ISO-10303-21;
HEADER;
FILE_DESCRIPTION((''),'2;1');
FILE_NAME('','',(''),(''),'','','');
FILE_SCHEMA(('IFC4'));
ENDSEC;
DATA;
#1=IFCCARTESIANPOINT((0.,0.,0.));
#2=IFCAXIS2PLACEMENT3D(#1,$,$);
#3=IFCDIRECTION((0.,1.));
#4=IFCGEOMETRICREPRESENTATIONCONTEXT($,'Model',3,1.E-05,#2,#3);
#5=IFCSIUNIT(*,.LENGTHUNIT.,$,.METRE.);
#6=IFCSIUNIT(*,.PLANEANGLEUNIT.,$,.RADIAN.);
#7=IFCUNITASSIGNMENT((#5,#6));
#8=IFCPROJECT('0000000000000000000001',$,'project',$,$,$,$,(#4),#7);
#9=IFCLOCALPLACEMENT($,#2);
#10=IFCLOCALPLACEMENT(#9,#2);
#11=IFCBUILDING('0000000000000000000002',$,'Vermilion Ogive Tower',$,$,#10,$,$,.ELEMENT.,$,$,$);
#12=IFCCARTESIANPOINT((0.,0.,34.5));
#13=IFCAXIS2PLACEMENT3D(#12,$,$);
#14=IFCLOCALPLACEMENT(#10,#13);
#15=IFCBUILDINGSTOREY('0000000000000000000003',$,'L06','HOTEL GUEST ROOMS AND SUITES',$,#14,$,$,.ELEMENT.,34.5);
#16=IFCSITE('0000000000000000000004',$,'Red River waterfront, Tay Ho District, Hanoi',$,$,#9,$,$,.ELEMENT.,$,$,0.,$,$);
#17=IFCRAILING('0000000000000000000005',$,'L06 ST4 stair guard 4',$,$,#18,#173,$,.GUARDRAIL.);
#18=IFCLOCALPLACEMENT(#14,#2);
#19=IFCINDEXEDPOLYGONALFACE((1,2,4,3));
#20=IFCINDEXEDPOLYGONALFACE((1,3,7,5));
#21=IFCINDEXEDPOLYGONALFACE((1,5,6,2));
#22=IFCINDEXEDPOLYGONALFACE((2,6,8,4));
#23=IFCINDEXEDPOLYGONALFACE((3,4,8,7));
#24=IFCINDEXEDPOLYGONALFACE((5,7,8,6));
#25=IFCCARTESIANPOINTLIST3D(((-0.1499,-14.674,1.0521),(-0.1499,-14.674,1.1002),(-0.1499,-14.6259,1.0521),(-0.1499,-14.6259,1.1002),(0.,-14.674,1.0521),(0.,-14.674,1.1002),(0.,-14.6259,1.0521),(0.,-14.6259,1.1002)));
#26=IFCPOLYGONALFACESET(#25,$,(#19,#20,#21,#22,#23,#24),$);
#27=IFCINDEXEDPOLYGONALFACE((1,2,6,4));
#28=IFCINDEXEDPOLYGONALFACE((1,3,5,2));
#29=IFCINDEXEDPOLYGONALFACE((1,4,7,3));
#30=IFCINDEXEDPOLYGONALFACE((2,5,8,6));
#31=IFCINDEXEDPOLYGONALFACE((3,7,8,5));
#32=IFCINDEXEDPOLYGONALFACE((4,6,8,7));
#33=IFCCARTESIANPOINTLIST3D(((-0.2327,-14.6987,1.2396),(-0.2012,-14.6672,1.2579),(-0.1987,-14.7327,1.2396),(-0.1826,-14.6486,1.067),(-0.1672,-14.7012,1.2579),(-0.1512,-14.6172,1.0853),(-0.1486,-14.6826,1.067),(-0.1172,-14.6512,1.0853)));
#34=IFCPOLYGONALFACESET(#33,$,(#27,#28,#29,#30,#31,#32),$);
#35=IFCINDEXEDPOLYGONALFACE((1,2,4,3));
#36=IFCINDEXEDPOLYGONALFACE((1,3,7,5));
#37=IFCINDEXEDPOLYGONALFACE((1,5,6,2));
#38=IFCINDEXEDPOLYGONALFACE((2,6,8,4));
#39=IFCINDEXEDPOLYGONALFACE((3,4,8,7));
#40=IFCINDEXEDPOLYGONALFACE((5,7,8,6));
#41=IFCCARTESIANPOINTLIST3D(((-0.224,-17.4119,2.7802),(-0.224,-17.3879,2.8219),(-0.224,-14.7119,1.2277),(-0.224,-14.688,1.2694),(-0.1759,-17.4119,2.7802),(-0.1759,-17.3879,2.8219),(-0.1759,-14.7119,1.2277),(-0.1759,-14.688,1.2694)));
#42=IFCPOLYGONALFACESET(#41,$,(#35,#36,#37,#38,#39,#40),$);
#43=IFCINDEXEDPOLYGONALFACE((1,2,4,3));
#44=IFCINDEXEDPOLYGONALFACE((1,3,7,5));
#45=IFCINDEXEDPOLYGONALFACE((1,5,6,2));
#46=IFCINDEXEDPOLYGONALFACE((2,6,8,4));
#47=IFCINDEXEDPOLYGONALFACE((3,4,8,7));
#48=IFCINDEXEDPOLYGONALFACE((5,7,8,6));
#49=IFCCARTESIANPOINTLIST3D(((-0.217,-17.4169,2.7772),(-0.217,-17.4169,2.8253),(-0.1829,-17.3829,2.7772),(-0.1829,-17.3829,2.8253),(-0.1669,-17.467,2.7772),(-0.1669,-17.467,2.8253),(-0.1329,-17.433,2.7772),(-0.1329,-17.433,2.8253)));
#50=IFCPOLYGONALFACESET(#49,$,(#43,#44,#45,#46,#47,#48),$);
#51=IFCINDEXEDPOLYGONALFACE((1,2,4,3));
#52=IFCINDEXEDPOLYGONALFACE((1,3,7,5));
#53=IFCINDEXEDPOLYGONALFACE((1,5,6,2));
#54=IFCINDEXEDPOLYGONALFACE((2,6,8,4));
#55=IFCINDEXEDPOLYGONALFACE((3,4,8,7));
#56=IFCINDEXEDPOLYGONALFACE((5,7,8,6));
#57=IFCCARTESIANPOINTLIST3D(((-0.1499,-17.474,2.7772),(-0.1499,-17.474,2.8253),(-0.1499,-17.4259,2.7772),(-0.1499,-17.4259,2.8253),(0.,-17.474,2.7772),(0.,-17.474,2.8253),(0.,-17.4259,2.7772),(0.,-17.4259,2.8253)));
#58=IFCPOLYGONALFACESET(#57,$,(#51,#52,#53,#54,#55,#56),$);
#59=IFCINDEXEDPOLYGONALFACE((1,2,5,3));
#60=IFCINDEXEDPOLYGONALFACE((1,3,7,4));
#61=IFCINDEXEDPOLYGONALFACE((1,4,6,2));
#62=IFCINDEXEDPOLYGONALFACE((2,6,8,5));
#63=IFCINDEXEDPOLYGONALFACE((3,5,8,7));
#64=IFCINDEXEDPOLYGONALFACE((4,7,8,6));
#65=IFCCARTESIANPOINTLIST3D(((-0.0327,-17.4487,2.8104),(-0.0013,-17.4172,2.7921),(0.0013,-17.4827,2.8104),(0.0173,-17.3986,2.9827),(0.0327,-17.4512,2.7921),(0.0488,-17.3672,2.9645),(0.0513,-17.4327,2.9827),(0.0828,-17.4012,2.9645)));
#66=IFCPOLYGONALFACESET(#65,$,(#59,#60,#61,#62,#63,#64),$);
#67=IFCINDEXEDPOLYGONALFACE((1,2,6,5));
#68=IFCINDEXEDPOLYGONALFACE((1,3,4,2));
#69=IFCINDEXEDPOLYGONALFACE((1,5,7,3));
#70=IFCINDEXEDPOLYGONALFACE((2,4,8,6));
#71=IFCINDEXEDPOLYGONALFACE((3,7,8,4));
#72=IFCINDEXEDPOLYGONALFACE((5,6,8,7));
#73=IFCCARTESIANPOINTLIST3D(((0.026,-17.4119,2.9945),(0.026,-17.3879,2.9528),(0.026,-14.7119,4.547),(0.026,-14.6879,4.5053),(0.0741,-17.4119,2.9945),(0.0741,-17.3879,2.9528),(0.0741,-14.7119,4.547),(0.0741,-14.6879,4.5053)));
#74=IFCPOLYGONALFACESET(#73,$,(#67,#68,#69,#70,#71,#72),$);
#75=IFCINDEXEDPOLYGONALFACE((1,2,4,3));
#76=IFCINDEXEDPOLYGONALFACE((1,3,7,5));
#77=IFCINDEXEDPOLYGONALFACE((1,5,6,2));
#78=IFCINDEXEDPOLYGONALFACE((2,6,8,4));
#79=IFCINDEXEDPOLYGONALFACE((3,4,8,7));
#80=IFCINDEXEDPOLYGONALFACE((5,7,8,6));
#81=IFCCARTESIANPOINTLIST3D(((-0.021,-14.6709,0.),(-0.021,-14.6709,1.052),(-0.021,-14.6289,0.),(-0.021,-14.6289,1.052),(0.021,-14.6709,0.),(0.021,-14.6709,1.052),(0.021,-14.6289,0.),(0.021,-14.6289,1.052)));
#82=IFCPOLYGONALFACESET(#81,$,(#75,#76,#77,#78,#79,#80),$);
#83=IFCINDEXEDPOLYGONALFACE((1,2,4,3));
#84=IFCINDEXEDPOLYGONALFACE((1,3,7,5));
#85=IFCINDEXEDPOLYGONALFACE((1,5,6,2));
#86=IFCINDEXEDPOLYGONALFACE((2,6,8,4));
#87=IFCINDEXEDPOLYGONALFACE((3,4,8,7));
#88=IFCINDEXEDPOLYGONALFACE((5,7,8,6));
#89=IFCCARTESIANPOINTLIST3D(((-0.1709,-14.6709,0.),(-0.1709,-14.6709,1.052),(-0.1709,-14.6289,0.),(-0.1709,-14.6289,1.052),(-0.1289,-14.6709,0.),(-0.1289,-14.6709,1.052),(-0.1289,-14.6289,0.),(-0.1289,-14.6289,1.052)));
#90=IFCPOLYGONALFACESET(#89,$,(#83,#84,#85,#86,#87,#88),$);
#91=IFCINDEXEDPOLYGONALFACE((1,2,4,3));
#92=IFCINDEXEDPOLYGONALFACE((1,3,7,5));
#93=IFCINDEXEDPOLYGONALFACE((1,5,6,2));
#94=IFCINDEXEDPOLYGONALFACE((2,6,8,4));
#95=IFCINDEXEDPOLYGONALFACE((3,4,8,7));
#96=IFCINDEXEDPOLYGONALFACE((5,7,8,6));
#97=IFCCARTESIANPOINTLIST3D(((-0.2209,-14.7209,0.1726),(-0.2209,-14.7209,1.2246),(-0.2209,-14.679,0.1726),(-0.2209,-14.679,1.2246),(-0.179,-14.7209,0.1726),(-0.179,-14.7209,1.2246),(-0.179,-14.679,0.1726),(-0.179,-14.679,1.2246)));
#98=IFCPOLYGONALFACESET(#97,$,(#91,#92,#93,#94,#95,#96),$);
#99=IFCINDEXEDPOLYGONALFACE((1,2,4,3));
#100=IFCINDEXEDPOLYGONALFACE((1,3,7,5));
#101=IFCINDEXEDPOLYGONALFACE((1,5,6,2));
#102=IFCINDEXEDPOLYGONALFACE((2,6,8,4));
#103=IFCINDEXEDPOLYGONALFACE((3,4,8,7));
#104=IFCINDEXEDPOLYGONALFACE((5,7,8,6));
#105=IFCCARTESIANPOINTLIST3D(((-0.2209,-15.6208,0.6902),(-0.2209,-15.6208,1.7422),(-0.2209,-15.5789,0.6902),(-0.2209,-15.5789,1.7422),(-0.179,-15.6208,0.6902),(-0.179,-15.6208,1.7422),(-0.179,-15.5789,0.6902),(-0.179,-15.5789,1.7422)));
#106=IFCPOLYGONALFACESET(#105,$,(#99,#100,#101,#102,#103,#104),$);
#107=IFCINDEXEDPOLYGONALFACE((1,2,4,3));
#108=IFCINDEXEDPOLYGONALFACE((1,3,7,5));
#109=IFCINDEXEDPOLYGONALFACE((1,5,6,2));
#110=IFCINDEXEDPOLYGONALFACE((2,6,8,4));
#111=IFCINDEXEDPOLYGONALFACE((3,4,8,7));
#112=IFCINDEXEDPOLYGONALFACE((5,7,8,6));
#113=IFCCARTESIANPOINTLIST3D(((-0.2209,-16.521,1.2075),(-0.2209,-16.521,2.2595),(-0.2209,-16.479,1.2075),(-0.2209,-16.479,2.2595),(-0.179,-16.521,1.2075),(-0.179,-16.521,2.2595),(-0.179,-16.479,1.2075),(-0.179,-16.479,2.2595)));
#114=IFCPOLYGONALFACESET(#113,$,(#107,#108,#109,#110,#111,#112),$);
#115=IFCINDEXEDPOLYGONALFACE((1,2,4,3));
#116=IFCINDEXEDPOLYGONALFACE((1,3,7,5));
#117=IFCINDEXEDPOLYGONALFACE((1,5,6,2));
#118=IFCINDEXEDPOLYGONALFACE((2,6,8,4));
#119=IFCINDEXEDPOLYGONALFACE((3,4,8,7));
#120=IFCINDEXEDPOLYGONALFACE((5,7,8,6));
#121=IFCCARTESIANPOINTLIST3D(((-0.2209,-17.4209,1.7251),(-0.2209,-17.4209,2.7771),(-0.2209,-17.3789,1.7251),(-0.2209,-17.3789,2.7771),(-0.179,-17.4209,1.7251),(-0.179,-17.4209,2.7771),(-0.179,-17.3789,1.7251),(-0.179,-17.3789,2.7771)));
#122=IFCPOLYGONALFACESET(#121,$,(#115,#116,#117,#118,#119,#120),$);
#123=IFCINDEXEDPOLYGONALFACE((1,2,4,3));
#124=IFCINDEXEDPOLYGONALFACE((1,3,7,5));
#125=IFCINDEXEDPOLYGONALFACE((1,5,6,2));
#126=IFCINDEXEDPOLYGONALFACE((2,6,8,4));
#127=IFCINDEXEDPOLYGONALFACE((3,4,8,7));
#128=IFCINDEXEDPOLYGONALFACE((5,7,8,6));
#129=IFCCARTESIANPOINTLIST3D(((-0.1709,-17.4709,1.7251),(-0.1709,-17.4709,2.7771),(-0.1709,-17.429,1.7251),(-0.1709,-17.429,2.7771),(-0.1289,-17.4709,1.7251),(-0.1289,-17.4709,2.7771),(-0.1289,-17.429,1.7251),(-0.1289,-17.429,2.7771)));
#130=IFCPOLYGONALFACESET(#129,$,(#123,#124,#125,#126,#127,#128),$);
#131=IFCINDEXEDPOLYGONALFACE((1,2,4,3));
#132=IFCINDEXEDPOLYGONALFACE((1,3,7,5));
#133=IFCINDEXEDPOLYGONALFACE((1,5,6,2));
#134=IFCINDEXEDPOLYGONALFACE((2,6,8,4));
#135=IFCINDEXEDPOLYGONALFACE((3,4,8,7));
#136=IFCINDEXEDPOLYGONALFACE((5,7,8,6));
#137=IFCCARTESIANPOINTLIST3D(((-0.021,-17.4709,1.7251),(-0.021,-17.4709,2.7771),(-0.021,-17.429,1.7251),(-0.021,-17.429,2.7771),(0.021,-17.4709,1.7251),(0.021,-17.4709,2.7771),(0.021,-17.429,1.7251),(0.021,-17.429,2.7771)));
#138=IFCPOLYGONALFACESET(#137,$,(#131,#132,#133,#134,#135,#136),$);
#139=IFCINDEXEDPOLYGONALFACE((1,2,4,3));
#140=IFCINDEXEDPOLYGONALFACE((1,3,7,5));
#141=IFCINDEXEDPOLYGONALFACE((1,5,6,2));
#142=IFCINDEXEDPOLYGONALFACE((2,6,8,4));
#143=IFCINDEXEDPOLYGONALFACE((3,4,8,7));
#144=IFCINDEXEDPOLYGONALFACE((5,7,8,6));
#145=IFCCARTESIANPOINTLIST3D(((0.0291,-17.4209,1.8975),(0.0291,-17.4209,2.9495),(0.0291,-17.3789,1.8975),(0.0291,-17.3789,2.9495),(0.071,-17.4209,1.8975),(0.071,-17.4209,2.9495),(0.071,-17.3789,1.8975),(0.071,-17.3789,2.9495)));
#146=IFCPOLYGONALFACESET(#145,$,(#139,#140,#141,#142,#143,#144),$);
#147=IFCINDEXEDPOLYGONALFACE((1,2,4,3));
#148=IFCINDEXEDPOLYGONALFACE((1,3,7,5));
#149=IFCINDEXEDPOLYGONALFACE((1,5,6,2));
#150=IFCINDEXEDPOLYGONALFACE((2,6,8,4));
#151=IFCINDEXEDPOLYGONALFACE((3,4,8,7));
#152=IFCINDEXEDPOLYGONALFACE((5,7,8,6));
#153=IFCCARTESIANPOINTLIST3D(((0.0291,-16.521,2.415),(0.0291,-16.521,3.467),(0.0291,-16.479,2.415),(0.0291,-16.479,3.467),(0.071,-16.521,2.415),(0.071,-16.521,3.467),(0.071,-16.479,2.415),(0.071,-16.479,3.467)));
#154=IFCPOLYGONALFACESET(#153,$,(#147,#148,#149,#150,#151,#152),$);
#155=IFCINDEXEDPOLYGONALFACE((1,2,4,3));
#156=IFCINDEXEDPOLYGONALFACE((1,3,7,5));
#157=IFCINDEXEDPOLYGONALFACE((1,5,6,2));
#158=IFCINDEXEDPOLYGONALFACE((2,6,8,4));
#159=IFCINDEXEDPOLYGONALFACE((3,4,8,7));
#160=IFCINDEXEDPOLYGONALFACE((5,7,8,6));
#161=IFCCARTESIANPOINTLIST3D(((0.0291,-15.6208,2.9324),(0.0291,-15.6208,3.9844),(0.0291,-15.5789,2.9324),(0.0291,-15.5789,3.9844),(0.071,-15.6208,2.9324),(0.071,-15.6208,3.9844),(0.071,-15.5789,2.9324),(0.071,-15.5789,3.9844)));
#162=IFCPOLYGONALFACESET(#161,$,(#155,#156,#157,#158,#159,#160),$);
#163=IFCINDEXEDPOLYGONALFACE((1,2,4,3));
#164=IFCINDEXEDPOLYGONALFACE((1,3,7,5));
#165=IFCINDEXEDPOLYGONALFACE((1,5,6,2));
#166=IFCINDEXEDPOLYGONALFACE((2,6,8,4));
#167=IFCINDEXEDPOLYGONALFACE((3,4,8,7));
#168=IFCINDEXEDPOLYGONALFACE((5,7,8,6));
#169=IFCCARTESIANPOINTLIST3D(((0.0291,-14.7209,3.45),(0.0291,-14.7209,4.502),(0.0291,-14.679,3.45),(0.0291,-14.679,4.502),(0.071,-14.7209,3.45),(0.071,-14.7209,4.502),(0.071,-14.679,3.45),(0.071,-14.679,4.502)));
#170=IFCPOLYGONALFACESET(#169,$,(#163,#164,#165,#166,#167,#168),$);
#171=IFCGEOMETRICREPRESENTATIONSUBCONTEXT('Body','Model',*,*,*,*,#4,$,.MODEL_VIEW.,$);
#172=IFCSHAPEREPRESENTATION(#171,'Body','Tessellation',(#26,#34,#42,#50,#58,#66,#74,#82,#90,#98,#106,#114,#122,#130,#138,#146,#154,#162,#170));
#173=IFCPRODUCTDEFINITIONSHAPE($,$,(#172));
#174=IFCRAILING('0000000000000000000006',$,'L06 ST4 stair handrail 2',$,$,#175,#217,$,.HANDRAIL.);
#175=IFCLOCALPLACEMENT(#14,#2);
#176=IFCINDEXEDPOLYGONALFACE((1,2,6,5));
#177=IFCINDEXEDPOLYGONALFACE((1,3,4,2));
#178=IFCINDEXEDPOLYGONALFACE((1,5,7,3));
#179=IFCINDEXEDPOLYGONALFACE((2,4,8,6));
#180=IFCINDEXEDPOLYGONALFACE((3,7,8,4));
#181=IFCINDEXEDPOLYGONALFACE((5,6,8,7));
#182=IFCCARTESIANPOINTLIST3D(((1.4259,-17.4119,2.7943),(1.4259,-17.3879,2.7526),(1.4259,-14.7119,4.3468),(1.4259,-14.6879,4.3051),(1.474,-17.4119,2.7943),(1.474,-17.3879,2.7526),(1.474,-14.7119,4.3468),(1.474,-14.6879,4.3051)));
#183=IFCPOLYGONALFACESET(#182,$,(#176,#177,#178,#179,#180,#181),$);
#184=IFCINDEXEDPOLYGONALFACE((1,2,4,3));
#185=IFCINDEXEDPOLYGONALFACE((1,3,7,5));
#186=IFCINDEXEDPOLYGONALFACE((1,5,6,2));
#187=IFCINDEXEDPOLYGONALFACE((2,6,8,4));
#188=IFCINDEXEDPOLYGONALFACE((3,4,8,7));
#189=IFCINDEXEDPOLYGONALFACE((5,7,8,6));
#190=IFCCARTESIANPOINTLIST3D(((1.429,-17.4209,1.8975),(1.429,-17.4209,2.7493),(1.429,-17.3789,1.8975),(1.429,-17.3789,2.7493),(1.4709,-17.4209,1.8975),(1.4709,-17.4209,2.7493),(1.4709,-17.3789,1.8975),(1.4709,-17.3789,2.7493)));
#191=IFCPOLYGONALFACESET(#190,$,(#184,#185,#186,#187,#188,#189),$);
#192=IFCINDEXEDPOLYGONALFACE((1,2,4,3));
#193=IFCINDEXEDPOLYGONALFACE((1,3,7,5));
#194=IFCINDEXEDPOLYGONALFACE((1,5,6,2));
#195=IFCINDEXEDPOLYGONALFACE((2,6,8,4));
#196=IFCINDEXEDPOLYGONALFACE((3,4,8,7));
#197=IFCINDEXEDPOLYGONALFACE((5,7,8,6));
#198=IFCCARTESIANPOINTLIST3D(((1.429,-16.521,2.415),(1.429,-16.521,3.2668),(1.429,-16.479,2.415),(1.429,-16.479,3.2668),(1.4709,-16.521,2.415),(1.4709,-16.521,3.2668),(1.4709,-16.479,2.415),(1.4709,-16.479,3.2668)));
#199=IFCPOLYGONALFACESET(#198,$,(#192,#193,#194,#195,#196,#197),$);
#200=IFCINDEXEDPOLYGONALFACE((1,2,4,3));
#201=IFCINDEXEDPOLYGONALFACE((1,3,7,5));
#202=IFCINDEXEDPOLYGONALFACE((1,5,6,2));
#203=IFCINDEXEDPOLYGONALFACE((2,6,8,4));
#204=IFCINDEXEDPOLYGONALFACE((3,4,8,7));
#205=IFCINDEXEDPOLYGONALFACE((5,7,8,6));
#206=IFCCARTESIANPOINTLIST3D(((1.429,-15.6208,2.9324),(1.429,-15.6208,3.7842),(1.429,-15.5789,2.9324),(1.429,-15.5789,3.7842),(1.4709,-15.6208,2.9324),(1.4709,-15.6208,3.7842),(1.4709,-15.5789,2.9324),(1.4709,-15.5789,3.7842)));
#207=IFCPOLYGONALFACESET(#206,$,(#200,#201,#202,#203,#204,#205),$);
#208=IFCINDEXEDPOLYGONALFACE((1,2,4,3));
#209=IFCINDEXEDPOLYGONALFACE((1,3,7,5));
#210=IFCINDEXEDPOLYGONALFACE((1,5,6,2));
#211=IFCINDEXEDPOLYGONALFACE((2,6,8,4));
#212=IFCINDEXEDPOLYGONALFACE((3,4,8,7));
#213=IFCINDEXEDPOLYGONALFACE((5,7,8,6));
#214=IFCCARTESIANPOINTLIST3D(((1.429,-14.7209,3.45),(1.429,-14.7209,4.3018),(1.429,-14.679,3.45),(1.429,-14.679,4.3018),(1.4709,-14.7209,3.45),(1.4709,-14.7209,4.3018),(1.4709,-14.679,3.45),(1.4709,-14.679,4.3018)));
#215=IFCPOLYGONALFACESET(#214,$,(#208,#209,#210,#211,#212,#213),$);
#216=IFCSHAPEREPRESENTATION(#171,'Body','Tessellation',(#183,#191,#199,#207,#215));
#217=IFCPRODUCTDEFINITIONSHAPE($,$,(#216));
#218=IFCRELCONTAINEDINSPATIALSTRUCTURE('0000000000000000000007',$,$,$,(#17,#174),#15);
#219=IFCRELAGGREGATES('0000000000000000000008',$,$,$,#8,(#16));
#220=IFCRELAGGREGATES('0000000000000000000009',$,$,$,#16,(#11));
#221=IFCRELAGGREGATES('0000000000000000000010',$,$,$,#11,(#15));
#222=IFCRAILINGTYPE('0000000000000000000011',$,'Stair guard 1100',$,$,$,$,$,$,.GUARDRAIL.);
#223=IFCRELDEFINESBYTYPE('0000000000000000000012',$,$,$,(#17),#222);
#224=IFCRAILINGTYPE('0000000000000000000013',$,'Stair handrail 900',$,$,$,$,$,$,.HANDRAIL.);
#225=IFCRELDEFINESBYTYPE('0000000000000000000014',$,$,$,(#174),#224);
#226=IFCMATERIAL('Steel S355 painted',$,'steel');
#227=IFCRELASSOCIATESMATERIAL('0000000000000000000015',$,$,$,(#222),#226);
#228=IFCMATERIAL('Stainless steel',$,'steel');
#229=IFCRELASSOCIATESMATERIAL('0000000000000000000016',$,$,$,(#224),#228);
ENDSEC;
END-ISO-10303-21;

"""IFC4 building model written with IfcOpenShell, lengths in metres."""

from ifc_helpers import new_model, si_unit, direction, frame, origin, origin_2d, place, context, subcontext, project, spatial, rectangle, extrude, material, type_object, element, save


model = new_model("IFC4")

# Units and contexts
model_context = context("Model", 3, precision=1e-05, world=origin(), true_north=direction((0.0, 1.0)))
body_context = subcontext(model_context, "Body", "Model", "MODEL_VIEW")
ifc_project = project(units=[si_unit("LENGTHUNIT", "METRE"), si_unit("PLANEANGLEUNIT", "RADIAN")], contexts=[model_context])

# Site, building, storey
site_placement = place(None, origin())
site = spatial("IfcSite", under=ifc_project, at=site_placement, Name="Red River waterfront, Tay Ho District, Hanoi", CompositionType="ELEMENT", RefElevation=0.0)
building_placement = place(site_placement, origin())
building = spatial("IfcBuilding", under=site, at=building_placement, Name="Vermilion Ogive Tower", CompositionType="ELEMENT")
storey_placement = place(building_placement, frame((0.0, 0.0, 34.5)))
storey = spatial("IfcBuildingStorey", under=building, at=storey_placement, Name="L06", Description="HOTEL GUEST ROOMS AND SUITES", CompositionType="ELEMENT", Elevation=34.5)

# Railings
ifc_material_1 = material(Name="Steel S355 painted", Category="steel")
railing_type_1 = type_object("IfcRailingType", Name="Stair guard 1100", PredefinedType="GUARDRAIL", material=ifc_material_1)
railing_1_placement = place(storey_placement, frame((0.0, -14.6499, 0.0)))
element("IfcRailing", 1, at=railing_1_placement, inside=storey, type_object=railing_type_1, Name="L06 ST4 stair guard 4", PredefinedType="GUARDRAIL", context=body_context, shape_type="SweptSolid", body=[
    extrude(rectangle(XDim=0.0481, YDim=0.0481, at=origin_2d()), frame((0.0, 0.0, 1.0762), z_axis=(-1.0, 0.0, 0.0), x_axis=(0.0, -1.0, 0.0)), (0.0, 0.0, 1.0), 0.1499),
    extrude(rectangle(XDim=0.0481, YDim=0.0481, at=origin_2d()), frame((-0.1499, 0.0, 1.0762), z_axis=(-0.268278, -0.268278, 0.925232), x_axis=(0.707107, -0.707107, 0.0)), (0.0, 0.0, 1.0), 0.1865),
    extrude(rectangle(XDim=0.0481, YDim=0.0481, at=origin_2d()), frame((-0.2, -0.05, 1.2485), z_axis=(0.0, -0.866904, 0.498476), x_axis=(1.0, 0.0, 0.0)), (0.0, 0.0, 1.0), 3.1145),
    extrude(rectangle(XDim=0.0481, YDim=0.0481, at=origin_2d()), frame((-0.2, -2.75, 2.8013), z_axis=(0.707107, -0.707107, 0.0), x_axis=(0.707107, 0.707107, 0.0)), (0.0, 0.0, 1.0), 0.0708),
    extrude(rectangle(XDim=0.0481, YDim=0.0481, at=origin_2d()), frame((-0.1499, -2.8, 2.8013), z_axis=(1.0, 0.0, 0.0), x_axis=(0.0, 1.0, 0.0)), (0.0, 0.0, 1.0), 0.1499),
    extrude(rectangle(XDim=0.0481, YDim=0.0481, at=origin_2d()), frame((0.0, -2.8, 2.8013), z_axis=(0.268603, 0.268603, 0.925043), x_axis=(-0.707107, 0.707107, 0.0)), (0.0, 0.0, 1.0), 0.1863),
    extrude(rectangle(XDim=0.0481, YDim=0.0481, at=origin_2d()), frame((0.05, -2.75, 2.9736), z_axis=(0.0, 0.866904, 0.498476), x_axis=(-1.0, 0.0, 0.0)), (0.0, 0.0, 1.0), 3.1145),
    extrude(rectangle(XDim=0.042, YDim=0.042, at=origin_2d()), origin(), (0.0, 0.0, 1.0), 1.052),
    extrude(rectangle(XDim=0.042, YDim=0.042, at=origin_2d()), frame((-0.1499, 0.0, 0.0)), (0.0, 0.0, 1.0), 1.052),
    extrude(rectangle(XDim=0.042, YDim=0.042, at=origin_2d()), frame((-0.2, -0.05, 0.1726)), (0.0, 0.0, 1.0), 1.052),
    extrude(rectangle(XDim=0.042, YDim=0.042, at=origin_2d()), frame((-0.2, -0.95, 0.6902)), (0.0, 0.0, 1.0), 1.052),
    extrude(rectangle(XDim=0.042, YDim=0.042, at=origin_2d()), frame((-0.2, -1.8501, 1.2075)), (0.0, 0.0, 1.0), 1.052),
    extrude(rectangle(XDim=0.042, YDim=0.042, at=origin_2d()), frame((-0.2, -2.75, 1.7251)), (0.0, 0.0, 1.0), 1.052),
    extrude(rectangle(XDim=0.042, YDim=0.042, at=origin_2d()), frame((-0.1499, -2.8, 1.7251)), (0.0, 0.0, 1.0), 1.052),
    extrude(rectangle(XDim=0.042, YDim=0.042, at=origin_2d()), frame((0.0, -2.8, 1.7251)), (0.0, 0.0, 1.0), 1.052),
    extrude(rectangle(XDim=0.042, YDim=0.042, at=origin_2d()), frame((0.05, -2.75, 1.8975)), (0.0, 0.0, 1.0), 1.052),
    extrude(rectangle(XDim=0.042, YDim=0.042, at=origin_2d()), frame((0.05, -1.8501, 2.415)), (0.0, 0.0, 1.0), 1.052),
    extrude(rectangle(XDim=0.042, YDim=0.042, at=origin_2d()), frame((0.05, -0.95, 2.9324)), (0.0, 0.0, 1.0), 1.052),
    extrude(rectangle(XDim=0.042, YDim=0.042, at=origin_2d()), frame((0.05, -0.05, 3.45)), (0.0, 0.0, 1.0), 1.052),
])
ifc_material_2 = material(Name="Stainless steel", Category="steel")
railing_type_2 = type_object("IfcRailingType", Name="Stair handrail 900", PredefinedType="HANDRAIL", material=ifc_material_2)
railing_2_placement = place(storey_placement, frame((1.45, -17.3999, 1.8975)))
element("IfcRailing", 2, at=railing_2_placement, inside=storey, type_object=railing_type_2, Name="L06 ST4 stair handrail 2", PredefinedType="HANDRAIL", context=body_context, shape_type="SweptSolid", body=[
    extrude(rectangle(XDim=0.0481, YDim=0.0481, at=origin_2d()), frame((0.0, 0.0, 0.876), z_axis=(0.0, 0.866904, 0.498476), x_axis=(-1.0, 0.0, 0.0)), (0.0, 0.0, 1.0), 3.1145),
    extrude(rectangle(XDim=0.042, YDim=0.042, at=origin_2d()), origin(), (0.0, 0.0, 1.0), 0.8518),
    extrude(rectangle(XDim=0.042, YDim=0.042, at=origin_2d()), frame((0.0, 0.8999, 0.5176)), (0.0, 0.0, 1.0), 0.8518),
    extrude(rectangle(XDim=0.042, YDim=0.042, at=origin_2d()), frame((0.0, 1.8, 1.0349)), (0.0, 0.0, 1.0), 0.8518),
    extrude(rectangle(XDim=0.042, YDim=0.042, at=origin_2d()), frame((0.0, 2.7, 1.5525)), (0.0, 0.0, 1.0), 0.8518),
])

save(model, "model.ifc")
